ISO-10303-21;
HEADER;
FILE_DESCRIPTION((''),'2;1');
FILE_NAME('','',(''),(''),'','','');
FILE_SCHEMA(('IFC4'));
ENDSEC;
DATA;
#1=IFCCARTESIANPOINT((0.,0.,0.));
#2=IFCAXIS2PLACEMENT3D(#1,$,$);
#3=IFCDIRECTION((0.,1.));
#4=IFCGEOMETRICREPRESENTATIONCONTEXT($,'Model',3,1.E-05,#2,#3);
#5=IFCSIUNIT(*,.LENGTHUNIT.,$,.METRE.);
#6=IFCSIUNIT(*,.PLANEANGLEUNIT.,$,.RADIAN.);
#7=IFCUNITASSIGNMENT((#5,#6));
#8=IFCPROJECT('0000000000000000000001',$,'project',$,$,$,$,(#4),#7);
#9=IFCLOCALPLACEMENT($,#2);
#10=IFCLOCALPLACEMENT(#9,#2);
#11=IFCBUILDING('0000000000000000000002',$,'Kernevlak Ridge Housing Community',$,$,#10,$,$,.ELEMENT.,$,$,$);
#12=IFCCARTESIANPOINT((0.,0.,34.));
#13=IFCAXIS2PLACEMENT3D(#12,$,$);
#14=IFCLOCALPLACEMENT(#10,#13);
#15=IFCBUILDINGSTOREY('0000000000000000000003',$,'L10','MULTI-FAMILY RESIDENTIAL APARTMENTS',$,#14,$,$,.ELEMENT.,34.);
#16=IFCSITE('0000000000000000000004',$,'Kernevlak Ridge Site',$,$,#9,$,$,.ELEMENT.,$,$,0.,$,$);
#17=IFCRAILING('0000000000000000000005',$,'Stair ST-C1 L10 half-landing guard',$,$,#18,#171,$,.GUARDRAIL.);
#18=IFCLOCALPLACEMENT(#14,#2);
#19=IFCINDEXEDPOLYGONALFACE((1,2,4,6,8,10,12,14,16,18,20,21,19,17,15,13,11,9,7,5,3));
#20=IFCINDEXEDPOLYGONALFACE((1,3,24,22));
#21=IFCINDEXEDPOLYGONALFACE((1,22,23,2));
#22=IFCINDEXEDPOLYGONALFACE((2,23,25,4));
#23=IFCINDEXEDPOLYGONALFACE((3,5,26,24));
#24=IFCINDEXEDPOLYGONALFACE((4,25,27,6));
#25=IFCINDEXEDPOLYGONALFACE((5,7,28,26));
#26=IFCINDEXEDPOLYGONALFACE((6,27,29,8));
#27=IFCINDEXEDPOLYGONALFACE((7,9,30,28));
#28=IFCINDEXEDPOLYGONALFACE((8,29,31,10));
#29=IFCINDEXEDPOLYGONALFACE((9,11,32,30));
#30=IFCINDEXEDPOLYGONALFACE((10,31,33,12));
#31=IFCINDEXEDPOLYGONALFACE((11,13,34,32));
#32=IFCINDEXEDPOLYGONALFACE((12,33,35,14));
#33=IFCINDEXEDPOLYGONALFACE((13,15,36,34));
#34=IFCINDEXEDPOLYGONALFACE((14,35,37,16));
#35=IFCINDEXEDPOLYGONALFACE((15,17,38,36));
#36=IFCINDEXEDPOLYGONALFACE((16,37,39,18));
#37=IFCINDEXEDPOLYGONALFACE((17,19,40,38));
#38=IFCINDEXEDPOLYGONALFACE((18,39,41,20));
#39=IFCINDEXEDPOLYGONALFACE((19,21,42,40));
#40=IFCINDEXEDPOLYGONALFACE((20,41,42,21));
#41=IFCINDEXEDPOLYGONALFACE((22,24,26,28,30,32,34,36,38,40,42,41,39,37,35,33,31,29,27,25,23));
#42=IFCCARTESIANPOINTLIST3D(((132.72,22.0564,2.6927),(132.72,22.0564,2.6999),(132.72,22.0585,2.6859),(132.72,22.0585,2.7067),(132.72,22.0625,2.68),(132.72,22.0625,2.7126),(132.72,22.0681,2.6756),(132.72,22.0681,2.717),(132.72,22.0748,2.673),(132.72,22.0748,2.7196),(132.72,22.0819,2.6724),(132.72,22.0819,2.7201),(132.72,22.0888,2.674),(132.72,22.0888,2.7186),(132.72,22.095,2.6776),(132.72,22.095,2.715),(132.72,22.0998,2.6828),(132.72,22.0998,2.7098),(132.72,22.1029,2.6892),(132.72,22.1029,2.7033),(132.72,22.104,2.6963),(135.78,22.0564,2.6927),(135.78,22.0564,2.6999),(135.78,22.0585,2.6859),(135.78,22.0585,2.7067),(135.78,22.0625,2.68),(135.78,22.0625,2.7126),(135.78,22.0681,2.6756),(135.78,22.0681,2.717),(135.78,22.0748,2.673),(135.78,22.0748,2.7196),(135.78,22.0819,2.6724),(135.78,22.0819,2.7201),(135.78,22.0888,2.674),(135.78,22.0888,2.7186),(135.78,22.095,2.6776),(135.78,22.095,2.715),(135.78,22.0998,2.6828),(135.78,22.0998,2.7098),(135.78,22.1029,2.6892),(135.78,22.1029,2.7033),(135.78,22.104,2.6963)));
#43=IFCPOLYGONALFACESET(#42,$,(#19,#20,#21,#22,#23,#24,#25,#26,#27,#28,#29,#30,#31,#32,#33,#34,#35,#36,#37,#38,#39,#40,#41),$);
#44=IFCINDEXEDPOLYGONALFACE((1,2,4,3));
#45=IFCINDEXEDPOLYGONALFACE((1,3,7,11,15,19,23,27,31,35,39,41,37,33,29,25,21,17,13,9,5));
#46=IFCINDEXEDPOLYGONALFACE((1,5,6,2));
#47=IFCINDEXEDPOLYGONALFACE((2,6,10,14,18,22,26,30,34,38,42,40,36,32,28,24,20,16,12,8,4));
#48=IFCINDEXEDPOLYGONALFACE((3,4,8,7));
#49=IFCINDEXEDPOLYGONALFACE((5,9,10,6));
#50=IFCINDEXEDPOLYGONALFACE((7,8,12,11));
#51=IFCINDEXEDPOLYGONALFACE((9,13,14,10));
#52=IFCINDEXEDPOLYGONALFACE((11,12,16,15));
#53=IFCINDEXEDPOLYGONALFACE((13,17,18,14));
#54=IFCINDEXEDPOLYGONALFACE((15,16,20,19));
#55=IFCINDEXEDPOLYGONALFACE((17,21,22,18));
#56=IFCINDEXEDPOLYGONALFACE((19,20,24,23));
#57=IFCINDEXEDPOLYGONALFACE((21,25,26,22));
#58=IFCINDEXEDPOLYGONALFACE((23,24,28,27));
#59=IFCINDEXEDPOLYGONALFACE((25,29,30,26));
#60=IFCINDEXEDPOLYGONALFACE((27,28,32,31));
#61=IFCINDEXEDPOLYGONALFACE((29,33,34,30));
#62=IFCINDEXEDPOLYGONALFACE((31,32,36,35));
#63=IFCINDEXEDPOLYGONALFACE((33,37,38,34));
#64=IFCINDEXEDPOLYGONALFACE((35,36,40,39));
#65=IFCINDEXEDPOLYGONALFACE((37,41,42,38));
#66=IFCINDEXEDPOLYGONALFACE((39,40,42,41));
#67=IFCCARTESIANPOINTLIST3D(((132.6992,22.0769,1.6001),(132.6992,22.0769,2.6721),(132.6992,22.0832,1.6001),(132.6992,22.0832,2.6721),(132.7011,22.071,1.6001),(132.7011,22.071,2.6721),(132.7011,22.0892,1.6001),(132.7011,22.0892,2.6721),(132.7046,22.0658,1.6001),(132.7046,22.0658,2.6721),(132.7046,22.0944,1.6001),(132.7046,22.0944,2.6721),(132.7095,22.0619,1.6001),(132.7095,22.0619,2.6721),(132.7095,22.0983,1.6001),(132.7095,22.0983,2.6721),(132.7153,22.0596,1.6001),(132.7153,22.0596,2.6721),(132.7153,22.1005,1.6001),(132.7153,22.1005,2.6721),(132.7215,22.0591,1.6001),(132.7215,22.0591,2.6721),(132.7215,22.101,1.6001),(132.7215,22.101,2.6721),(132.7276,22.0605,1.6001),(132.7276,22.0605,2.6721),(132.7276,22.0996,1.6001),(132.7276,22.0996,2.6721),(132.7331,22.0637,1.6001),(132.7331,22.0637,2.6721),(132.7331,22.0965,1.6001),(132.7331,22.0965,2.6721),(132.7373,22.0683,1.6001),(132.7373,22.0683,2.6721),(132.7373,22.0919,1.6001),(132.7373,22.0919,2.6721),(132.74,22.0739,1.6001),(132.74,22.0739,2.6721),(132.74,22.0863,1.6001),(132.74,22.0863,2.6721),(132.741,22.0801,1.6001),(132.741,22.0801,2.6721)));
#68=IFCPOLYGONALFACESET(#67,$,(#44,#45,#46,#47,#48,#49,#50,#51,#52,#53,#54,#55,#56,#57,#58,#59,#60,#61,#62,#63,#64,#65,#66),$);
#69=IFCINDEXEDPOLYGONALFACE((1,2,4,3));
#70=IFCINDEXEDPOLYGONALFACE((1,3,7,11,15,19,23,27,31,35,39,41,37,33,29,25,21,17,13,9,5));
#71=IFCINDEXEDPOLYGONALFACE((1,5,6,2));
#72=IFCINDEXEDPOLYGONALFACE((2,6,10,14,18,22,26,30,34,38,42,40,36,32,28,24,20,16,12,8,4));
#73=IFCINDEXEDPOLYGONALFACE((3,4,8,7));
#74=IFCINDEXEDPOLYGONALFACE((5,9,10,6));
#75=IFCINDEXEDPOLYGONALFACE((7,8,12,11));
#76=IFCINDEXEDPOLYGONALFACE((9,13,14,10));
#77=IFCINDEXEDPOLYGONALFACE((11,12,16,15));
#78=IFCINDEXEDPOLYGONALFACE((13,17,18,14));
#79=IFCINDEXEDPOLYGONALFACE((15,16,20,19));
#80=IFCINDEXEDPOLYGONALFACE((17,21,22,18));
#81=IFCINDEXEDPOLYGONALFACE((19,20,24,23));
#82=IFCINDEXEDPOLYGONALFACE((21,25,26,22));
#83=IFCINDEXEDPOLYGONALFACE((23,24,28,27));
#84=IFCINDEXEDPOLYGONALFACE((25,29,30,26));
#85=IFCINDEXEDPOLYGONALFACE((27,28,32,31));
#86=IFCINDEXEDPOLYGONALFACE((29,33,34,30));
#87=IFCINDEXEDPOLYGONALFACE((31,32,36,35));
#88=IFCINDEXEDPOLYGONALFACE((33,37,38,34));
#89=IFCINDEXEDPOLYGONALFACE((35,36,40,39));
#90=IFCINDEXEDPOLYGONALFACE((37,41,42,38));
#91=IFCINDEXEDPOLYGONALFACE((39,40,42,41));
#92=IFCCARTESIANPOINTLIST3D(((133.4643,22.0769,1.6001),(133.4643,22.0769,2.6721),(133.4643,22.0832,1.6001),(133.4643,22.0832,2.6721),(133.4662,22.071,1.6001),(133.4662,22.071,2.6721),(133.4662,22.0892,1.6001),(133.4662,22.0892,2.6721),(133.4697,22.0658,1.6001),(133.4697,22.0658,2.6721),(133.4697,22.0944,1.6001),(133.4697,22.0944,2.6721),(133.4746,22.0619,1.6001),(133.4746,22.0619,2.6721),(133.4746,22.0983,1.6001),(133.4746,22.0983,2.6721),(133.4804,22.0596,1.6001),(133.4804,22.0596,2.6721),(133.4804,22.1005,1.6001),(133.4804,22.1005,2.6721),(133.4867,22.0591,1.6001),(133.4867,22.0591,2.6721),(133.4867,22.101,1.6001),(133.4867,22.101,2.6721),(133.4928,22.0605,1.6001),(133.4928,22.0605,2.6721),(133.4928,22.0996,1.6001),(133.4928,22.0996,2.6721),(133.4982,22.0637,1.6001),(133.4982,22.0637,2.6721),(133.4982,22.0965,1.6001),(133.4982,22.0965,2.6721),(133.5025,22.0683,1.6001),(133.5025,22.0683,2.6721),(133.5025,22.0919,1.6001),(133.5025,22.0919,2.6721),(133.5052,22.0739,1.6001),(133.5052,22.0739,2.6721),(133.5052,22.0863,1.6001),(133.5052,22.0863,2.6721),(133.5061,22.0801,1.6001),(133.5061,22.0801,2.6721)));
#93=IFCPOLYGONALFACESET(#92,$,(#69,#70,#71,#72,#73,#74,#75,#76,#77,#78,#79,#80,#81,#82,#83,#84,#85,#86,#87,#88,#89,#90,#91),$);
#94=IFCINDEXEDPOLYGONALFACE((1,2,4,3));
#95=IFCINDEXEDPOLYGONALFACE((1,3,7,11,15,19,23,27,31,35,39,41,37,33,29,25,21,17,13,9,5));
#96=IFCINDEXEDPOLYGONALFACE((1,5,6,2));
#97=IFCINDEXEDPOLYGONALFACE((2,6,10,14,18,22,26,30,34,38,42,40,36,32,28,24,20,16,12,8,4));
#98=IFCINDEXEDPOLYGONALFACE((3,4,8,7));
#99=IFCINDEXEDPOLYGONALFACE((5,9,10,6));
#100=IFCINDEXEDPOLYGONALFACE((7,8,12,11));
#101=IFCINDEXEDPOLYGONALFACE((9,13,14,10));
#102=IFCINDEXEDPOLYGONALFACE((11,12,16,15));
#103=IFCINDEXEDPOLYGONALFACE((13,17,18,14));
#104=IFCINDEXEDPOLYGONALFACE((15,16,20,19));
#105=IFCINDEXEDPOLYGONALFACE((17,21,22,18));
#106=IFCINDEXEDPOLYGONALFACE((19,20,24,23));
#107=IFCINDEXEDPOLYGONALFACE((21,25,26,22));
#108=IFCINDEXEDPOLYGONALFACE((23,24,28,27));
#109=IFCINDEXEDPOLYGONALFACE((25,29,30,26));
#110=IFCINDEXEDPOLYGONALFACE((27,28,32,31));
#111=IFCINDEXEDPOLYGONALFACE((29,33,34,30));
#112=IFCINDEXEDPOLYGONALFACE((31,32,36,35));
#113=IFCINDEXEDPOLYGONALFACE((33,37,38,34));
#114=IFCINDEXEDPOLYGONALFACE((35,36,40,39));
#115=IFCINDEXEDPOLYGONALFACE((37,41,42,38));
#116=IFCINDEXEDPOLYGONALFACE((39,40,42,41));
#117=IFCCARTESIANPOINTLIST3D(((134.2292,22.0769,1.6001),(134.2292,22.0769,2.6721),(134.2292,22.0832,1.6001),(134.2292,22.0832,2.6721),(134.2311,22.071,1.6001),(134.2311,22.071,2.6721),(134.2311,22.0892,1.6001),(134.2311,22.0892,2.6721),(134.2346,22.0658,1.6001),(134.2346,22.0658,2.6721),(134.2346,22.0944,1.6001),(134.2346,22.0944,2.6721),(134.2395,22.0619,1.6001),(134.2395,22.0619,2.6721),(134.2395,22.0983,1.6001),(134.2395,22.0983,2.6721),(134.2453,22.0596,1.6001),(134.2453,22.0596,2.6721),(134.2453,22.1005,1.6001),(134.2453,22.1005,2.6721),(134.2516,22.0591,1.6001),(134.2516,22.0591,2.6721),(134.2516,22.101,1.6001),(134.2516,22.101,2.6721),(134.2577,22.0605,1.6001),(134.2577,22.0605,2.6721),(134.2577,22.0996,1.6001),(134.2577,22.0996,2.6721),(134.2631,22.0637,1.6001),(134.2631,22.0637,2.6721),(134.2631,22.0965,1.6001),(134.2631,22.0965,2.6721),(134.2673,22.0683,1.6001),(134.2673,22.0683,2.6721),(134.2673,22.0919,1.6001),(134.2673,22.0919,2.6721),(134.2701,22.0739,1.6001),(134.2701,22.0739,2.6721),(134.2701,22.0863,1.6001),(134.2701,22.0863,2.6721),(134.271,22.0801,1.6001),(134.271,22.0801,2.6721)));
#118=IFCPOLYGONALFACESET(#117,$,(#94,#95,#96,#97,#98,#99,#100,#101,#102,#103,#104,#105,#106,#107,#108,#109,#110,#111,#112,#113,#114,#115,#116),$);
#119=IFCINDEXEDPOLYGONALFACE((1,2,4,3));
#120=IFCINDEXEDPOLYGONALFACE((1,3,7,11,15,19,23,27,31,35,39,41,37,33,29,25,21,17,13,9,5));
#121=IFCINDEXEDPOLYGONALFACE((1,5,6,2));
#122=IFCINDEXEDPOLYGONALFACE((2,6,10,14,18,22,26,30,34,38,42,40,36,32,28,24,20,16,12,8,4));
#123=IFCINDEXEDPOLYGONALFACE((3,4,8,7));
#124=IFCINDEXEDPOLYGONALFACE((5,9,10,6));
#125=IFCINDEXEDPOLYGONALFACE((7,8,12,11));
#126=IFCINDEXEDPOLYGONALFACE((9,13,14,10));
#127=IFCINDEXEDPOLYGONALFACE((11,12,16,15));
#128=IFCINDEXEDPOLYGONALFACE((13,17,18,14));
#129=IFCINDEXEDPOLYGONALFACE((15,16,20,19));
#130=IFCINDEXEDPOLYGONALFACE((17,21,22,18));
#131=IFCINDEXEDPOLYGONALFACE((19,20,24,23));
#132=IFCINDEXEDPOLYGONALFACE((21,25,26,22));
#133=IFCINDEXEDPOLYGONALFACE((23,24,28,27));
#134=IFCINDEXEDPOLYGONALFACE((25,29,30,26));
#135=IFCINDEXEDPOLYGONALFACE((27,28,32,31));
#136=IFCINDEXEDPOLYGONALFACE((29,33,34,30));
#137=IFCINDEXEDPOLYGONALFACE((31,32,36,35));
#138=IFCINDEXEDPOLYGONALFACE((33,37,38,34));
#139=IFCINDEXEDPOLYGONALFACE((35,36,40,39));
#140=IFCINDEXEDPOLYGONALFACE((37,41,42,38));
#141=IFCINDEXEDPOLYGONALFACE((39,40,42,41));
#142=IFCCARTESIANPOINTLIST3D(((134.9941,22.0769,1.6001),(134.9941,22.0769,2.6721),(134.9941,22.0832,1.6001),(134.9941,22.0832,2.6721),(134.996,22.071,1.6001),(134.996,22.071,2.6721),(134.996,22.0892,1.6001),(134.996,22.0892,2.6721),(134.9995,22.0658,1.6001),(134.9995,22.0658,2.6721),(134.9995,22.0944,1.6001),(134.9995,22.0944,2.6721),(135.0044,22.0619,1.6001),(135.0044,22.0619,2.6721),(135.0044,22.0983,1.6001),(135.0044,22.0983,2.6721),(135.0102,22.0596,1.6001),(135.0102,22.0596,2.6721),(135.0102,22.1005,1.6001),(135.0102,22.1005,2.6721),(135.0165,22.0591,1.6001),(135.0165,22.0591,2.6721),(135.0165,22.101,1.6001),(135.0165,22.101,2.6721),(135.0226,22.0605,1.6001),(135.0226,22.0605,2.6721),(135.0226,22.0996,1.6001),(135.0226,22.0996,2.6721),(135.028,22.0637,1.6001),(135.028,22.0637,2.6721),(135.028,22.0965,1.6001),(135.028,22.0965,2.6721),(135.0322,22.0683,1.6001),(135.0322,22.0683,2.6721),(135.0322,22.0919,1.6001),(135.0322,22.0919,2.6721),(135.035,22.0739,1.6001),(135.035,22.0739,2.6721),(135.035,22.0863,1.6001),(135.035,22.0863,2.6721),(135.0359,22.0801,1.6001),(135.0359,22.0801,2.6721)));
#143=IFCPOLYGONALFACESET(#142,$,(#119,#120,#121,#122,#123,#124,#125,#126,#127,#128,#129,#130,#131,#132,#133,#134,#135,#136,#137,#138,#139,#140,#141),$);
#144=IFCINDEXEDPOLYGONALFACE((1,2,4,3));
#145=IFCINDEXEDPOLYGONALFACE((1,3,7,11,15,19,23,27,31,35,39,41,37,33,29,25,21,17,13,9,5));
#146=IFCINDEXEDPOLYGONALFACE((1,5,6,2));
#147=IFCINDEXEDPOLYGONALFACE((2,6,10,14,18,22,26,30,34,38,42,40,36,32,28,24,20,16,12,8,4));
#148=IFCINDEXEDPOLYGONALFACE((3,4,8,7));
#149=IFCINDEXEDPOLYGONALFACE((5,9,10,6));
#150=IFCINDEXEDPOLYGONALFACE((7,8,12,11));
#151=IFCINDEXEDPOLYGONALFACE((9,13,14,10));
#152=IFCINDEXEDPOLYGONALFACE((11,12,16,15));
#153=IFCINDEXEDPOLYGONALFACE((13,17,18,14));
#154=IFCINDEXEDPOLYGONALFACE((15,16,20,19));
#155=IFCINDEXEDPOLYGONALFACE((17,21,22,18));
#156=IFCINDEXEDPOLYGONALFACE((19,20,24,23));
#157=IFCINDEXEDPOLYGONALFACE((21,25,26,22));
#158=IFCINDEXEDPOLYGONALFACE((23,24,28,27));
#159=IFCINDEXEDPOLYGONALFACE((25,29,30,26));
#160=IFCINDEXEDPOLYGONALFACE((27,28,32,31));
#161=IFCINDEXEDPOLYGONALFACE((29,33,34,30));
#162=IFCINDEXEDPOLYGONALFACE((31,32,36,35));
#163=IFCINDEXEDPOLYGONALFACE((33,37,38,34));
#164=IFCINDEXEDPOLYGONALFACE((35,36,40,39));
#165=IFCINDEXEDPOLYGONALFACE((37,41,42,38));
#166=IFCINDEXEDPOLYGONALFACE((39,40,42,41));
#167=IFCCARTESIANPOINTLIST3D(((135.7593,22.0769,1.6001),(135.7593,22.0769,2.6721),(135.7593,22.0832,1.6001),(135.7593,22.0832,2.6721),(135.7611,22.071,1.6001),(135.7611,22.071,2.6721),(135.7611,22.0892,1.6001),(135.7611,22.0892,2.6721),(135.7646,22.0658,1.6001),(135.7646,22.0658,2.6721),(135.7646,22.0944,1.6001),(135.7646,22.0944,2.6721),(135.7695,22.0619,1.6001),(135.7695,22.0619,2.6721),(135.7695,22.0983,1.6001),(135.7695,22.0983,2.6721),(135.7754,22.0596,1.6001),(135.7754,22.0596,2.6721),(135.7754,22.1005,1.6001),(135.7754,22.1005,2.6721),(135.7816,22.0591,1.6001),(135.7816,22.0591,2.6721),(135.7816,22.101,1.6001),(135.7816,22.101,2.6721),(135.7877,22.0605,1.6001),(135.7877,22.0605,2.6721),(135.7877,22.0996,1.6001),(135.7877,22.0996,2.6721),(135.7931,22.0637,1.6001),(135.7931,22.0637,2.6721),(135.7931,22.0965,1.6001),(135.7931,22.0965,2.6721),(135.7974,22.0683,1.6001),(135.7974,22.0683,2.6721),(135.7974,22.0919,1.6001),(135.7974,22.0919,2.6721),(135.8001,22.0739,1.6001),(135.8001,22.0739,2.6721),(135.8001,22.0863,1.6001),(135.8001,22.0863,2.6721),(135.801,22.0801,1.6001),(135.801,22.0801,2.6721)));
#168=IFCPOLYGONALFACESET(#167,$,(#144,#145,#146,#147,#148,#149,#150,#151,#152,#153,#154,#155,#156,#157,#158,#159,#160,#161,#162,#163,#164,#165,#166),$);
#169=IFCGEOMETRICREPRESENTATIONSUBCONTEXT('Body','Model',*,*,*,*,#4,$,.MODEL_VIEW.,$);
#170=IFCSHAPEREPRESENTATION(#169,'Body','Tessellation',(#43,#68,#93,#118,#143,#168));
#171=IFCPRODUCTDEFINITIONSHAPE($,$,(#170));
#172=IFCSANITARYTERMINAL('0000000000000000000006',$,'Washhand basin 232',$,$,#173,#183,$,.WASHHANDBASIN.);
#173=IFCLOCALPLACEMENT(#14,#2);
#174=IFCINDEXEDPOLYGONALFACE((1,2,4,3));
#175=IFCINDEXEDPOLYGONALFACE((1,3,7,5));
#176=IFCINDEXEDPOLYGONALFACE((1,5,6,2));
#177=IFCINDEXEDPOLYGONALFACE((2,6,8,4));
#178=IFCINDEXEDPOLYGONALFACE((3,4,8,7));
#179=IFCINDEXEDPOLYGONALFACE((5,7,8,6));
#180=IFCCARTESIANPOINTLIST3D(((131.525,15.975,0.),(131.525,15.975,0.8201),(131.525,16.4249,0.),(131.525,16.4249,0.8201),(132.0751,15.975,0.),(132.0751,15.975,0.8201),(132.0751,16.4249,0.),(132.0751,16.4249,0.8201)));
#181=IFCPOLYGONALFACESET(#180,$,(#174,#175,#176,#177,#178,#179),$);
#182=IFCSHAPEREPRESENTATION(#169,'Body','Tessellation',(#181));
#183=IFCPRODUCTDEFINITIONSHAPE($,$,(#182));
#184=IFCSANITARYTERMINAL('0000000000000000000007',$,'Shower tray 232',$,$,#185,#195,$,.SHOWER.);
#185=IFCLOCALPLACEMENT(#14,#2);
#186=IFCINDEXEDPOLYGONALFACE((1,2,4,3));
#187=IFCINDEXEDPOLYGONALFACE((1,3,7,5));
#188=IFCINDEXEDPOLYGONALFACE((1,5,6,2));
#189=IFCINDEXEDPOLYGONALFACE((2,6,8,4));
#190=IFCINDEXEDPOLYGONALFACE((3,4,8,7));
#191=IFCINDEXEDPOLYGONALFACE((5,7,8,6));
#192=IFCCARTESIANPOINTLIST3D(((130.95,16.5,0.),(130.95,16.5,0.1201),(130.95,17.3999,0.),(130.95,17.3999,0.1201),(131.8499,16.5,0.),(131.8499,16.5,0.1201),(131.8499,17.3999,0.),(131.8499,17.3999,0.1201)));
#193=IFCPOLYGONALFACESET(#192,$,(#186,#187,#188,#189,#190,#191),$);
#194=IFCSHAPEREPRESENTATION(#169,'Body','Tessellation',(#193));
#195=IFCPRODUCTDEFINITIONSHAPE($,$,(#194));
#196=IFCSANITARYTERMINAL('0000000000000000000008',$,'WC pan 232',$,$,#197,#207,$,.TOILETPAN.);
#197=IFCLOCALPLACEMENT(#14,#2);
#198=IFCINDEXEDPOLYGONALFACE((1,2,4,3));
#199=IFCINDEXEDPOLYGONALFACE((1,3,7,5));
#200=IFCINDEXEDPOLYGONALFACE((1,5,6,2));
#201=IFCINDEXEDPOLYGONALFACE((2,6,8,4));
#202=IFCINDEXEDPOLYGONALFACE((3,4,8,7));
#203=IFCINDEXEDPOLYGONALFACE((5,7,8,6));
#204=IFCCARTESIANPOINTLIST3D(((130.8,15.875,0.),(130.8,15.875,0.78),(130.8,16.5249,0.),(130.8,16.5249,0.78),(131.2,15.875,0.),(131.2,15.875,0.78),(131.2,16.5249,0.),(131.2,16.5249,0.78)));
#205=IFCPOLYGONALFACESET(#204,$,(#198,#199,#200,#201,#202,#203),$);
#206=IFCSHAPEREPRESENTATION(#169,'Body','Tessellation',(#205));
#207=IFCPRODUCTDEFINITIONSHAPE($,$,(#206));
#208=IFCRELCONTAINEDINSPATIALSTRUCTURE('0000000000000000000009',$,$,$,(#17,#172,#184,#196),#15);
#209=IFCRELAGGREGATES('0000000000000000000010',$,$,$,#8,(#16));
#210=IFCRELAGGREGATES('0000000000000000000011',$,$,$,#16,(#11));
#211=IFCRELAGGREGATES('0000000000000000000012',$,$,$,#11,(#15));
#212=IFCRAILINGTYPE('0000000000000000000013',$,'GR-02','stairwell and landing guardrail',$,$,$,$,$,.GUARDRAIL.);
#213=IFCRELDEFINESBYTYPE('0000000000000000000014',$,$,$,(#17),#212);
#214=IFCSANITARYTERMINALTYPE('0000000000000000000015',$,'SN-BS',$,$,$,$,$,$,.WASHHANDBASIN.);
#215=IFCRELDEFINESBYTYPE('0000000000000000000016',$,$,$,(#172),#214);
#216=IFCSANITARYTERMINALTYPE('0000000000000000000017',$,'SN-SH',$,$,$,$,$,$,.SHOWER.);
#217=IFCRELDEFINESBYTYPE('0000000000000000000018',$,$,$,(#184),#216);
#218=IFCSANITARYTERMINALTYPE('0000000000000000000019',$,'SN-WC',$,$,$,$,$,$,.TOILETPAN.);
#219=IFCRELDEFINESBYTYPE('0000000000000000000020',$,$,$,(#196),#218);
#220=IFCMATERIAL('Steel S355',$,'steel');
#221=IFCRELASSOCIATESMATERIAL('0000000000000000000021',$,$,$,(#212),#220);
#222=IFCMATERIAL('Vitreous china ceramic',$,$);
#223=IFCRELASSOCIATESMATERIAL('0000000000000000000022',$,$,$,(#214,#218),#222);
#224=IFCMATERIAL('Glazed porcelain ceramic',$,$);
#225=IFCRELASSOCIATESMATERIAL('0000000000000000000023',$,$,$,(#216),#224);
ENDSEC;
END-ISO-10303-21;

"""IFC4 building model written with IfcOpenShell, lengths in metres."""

from ifc_helpers import new_model, si_unit, direction, frame, origin, origin_2d, place, context, subcontext, project, spatial, rectangle, circle, extrude, material, type_object, element, save


model = new_model("IFC4")

# Units and contexts
model_context = context("Model", 3, precision=1e-05, world=origin(), true_north=direction((0.0, 1.0)))
body_context = subcontext(model_context, "Body", "Model", "MODEL_VIEW")
ifc_project = project(units=[si_unit("LENGTHUNIT", "METRE"), si_unit("PLANEANGLEUNIT", "RADIAN")], contexts=[model_context])

# Site, building, storey
site_placement = place(None, origin())
site = spatial("IfcSite", under=ifc_project, at=site_placement, Name="Kernevlak Ridge Site", CompositionType="ELEMENT", RefElevation=0.0)
building_placement = place(site_placement, origin())
building = spatial("IfcBuilding", under=site, at=building_placement, Name="Kernevlak Ridge Housing Community", CompositionType="ELEMENT")
storey_placement = place(building_placement, frame((0.0, 0.0, 34.0)))
storey = spatial("IfcBuildingStorey", under=building, at=storey_placement, Name="L10", Description="MULTI-FAMILY RESIDENTIAL APARTMENTS", CompositionType="ELEMENT", Elevation=34.0)

# Railing
ifc_material_1 = material(Name="Steel S355", Category="steel")
railing_type = type_object("IfcRailingType", Name="GR-02", Description="stairwell and landing guardrail", PredefinedType="GUARDRAIL", material=ifc_material_1)
railing_placement = place(storey_placement, frame((132.72, 22.0801, 1.6001)))
element("IfcRailing", 1, at=railing_placement, inside=storey, type_object=railing_type, Name="Stair ST-C1 L10 half-landing guard", PredefinedType="GUARDRAIL", context=body_context, shape_type="SweptSolid", body=[
    extrude(circle(Radius=0.0239, at=origin_2d()), frame((0.0, 0.0, 1.0962), z_axis=(1.0, 0.0, 0.0), x_axis=(0.0, 1.0, 0.0)), (0.0, 0.0, 1.0), 3.0601),
    extrude(circle(Radius=0.021, at=origin_2d()), origin(), (0.0, 0.0, 1.0), 1.072),
    extrude(circle(Radius=0.021, at=origin_2d()), frame((0.7651, 0.0, 0.0)), (0.0, 0.0, 1.0), 1.072),
    extrude(circle(Radius=0.021, at=origin_2d()), frame((1.53, 0.0, 0.0)), (0.0, 0.0, 1.0), 1.072),
    extrude(circle(Radius=0.021, at=origin_2d()), frame((2.2949, 0.0, 0.0)), (0.0, 0.0, 1.0), 1.072),
    extrude(circle(Radius=0.021, at=origin_2d()), frame((3.0601, 0.0, 0.0)), (0.0, 0.0, 1.0), 1.072),
])

# Sanitary terminals
ifc_material_2 = material(Name="Vitreous china ceramic")
sanitary_terminal_type_1 = type_object("IfcSanitaryTerminalType", Name="SN-BS", PredefinedType="WASHHANDBASIN", material=ifc_material_2)
sanitary_terminal_1_placement = place(storey_placement, frame((131.8, 16.2, 0.0), z_axis=(0.0, 0.0, 1.0), x_axis=(1.0, 0.0, 0.0)))
element("IfcSanitaryTerminal", 2, at=sanitary_terminal_1_placement, inside=storey, type_object=sanitary_terminal_type_1, Name="Washhand basin 232", PredefinedType="WASHHANDBASIN", context=body_context, shape_type="SweptSolid", body=[
    extrude(rectangle(XDim=0.55, YDim=0.45, at=origin_2d()), origin(), (0.0, 0.0, 1.0), 0.8201),
])
ifc_material_3 = material(Name="Glazed porcelain ceramic")
sanitary_terminal_type_2 = type_object("IfcSanitaryTerminalType", Name="SN-SH", PredefinedType="SHOWER", material=ifc_material_3)
sanitary_terminal_2_placement = place(storey_placement, frame((131.3999, 16.95, 0.0), z_axis=(0.0, 0.0, 1.0), x_axis=(1.0, 0.0, 0.0)))
element("IfcSanitaryTerminal", 3, at=sanitary_terminal_2_placement, inside=storey, type_object=sanitary_terminal_type_2, Name="Shower tray 232", PredefinedType="SHOWER", context=body_context, shape_type="SweptSolid", body=[
    extrude(rectangle(XDim=0.8999, YDim=0.8999, at=origin_2d()), origin(), (0.0, 0.0, 1.0), 0.1201),
])
sanitary_terminal_type_3 = type_object("IfcSanitaryTerminalType", Name="SN-WC", PredefinedType="TOILETPAN", material=ifc_material_2)
sanitary_terminal_3_placement = place(storey_placement, frame((131.0, 16.2, 0.0), z_axis=(0.0, 0.0, 1.0), x_axis=(1.0, 0.0, 0.0)))
element("IfcSanitaryTerminal", 4, at=sanitary_terminal_3_placement, inside=storey, type_object=sanitary_terminal_type_3, Name="WC pan 232", PredefinedType="TOILETPAN", context=body_context, shape_type="SweptSolid", body=[
    extrude(rectangle(XDim=0.3999, YDim=0.6499, at=origin_2d()), origin(), (0.0, 0.0, 1.0), 0.78),
])

save(model, "model.ifc")
